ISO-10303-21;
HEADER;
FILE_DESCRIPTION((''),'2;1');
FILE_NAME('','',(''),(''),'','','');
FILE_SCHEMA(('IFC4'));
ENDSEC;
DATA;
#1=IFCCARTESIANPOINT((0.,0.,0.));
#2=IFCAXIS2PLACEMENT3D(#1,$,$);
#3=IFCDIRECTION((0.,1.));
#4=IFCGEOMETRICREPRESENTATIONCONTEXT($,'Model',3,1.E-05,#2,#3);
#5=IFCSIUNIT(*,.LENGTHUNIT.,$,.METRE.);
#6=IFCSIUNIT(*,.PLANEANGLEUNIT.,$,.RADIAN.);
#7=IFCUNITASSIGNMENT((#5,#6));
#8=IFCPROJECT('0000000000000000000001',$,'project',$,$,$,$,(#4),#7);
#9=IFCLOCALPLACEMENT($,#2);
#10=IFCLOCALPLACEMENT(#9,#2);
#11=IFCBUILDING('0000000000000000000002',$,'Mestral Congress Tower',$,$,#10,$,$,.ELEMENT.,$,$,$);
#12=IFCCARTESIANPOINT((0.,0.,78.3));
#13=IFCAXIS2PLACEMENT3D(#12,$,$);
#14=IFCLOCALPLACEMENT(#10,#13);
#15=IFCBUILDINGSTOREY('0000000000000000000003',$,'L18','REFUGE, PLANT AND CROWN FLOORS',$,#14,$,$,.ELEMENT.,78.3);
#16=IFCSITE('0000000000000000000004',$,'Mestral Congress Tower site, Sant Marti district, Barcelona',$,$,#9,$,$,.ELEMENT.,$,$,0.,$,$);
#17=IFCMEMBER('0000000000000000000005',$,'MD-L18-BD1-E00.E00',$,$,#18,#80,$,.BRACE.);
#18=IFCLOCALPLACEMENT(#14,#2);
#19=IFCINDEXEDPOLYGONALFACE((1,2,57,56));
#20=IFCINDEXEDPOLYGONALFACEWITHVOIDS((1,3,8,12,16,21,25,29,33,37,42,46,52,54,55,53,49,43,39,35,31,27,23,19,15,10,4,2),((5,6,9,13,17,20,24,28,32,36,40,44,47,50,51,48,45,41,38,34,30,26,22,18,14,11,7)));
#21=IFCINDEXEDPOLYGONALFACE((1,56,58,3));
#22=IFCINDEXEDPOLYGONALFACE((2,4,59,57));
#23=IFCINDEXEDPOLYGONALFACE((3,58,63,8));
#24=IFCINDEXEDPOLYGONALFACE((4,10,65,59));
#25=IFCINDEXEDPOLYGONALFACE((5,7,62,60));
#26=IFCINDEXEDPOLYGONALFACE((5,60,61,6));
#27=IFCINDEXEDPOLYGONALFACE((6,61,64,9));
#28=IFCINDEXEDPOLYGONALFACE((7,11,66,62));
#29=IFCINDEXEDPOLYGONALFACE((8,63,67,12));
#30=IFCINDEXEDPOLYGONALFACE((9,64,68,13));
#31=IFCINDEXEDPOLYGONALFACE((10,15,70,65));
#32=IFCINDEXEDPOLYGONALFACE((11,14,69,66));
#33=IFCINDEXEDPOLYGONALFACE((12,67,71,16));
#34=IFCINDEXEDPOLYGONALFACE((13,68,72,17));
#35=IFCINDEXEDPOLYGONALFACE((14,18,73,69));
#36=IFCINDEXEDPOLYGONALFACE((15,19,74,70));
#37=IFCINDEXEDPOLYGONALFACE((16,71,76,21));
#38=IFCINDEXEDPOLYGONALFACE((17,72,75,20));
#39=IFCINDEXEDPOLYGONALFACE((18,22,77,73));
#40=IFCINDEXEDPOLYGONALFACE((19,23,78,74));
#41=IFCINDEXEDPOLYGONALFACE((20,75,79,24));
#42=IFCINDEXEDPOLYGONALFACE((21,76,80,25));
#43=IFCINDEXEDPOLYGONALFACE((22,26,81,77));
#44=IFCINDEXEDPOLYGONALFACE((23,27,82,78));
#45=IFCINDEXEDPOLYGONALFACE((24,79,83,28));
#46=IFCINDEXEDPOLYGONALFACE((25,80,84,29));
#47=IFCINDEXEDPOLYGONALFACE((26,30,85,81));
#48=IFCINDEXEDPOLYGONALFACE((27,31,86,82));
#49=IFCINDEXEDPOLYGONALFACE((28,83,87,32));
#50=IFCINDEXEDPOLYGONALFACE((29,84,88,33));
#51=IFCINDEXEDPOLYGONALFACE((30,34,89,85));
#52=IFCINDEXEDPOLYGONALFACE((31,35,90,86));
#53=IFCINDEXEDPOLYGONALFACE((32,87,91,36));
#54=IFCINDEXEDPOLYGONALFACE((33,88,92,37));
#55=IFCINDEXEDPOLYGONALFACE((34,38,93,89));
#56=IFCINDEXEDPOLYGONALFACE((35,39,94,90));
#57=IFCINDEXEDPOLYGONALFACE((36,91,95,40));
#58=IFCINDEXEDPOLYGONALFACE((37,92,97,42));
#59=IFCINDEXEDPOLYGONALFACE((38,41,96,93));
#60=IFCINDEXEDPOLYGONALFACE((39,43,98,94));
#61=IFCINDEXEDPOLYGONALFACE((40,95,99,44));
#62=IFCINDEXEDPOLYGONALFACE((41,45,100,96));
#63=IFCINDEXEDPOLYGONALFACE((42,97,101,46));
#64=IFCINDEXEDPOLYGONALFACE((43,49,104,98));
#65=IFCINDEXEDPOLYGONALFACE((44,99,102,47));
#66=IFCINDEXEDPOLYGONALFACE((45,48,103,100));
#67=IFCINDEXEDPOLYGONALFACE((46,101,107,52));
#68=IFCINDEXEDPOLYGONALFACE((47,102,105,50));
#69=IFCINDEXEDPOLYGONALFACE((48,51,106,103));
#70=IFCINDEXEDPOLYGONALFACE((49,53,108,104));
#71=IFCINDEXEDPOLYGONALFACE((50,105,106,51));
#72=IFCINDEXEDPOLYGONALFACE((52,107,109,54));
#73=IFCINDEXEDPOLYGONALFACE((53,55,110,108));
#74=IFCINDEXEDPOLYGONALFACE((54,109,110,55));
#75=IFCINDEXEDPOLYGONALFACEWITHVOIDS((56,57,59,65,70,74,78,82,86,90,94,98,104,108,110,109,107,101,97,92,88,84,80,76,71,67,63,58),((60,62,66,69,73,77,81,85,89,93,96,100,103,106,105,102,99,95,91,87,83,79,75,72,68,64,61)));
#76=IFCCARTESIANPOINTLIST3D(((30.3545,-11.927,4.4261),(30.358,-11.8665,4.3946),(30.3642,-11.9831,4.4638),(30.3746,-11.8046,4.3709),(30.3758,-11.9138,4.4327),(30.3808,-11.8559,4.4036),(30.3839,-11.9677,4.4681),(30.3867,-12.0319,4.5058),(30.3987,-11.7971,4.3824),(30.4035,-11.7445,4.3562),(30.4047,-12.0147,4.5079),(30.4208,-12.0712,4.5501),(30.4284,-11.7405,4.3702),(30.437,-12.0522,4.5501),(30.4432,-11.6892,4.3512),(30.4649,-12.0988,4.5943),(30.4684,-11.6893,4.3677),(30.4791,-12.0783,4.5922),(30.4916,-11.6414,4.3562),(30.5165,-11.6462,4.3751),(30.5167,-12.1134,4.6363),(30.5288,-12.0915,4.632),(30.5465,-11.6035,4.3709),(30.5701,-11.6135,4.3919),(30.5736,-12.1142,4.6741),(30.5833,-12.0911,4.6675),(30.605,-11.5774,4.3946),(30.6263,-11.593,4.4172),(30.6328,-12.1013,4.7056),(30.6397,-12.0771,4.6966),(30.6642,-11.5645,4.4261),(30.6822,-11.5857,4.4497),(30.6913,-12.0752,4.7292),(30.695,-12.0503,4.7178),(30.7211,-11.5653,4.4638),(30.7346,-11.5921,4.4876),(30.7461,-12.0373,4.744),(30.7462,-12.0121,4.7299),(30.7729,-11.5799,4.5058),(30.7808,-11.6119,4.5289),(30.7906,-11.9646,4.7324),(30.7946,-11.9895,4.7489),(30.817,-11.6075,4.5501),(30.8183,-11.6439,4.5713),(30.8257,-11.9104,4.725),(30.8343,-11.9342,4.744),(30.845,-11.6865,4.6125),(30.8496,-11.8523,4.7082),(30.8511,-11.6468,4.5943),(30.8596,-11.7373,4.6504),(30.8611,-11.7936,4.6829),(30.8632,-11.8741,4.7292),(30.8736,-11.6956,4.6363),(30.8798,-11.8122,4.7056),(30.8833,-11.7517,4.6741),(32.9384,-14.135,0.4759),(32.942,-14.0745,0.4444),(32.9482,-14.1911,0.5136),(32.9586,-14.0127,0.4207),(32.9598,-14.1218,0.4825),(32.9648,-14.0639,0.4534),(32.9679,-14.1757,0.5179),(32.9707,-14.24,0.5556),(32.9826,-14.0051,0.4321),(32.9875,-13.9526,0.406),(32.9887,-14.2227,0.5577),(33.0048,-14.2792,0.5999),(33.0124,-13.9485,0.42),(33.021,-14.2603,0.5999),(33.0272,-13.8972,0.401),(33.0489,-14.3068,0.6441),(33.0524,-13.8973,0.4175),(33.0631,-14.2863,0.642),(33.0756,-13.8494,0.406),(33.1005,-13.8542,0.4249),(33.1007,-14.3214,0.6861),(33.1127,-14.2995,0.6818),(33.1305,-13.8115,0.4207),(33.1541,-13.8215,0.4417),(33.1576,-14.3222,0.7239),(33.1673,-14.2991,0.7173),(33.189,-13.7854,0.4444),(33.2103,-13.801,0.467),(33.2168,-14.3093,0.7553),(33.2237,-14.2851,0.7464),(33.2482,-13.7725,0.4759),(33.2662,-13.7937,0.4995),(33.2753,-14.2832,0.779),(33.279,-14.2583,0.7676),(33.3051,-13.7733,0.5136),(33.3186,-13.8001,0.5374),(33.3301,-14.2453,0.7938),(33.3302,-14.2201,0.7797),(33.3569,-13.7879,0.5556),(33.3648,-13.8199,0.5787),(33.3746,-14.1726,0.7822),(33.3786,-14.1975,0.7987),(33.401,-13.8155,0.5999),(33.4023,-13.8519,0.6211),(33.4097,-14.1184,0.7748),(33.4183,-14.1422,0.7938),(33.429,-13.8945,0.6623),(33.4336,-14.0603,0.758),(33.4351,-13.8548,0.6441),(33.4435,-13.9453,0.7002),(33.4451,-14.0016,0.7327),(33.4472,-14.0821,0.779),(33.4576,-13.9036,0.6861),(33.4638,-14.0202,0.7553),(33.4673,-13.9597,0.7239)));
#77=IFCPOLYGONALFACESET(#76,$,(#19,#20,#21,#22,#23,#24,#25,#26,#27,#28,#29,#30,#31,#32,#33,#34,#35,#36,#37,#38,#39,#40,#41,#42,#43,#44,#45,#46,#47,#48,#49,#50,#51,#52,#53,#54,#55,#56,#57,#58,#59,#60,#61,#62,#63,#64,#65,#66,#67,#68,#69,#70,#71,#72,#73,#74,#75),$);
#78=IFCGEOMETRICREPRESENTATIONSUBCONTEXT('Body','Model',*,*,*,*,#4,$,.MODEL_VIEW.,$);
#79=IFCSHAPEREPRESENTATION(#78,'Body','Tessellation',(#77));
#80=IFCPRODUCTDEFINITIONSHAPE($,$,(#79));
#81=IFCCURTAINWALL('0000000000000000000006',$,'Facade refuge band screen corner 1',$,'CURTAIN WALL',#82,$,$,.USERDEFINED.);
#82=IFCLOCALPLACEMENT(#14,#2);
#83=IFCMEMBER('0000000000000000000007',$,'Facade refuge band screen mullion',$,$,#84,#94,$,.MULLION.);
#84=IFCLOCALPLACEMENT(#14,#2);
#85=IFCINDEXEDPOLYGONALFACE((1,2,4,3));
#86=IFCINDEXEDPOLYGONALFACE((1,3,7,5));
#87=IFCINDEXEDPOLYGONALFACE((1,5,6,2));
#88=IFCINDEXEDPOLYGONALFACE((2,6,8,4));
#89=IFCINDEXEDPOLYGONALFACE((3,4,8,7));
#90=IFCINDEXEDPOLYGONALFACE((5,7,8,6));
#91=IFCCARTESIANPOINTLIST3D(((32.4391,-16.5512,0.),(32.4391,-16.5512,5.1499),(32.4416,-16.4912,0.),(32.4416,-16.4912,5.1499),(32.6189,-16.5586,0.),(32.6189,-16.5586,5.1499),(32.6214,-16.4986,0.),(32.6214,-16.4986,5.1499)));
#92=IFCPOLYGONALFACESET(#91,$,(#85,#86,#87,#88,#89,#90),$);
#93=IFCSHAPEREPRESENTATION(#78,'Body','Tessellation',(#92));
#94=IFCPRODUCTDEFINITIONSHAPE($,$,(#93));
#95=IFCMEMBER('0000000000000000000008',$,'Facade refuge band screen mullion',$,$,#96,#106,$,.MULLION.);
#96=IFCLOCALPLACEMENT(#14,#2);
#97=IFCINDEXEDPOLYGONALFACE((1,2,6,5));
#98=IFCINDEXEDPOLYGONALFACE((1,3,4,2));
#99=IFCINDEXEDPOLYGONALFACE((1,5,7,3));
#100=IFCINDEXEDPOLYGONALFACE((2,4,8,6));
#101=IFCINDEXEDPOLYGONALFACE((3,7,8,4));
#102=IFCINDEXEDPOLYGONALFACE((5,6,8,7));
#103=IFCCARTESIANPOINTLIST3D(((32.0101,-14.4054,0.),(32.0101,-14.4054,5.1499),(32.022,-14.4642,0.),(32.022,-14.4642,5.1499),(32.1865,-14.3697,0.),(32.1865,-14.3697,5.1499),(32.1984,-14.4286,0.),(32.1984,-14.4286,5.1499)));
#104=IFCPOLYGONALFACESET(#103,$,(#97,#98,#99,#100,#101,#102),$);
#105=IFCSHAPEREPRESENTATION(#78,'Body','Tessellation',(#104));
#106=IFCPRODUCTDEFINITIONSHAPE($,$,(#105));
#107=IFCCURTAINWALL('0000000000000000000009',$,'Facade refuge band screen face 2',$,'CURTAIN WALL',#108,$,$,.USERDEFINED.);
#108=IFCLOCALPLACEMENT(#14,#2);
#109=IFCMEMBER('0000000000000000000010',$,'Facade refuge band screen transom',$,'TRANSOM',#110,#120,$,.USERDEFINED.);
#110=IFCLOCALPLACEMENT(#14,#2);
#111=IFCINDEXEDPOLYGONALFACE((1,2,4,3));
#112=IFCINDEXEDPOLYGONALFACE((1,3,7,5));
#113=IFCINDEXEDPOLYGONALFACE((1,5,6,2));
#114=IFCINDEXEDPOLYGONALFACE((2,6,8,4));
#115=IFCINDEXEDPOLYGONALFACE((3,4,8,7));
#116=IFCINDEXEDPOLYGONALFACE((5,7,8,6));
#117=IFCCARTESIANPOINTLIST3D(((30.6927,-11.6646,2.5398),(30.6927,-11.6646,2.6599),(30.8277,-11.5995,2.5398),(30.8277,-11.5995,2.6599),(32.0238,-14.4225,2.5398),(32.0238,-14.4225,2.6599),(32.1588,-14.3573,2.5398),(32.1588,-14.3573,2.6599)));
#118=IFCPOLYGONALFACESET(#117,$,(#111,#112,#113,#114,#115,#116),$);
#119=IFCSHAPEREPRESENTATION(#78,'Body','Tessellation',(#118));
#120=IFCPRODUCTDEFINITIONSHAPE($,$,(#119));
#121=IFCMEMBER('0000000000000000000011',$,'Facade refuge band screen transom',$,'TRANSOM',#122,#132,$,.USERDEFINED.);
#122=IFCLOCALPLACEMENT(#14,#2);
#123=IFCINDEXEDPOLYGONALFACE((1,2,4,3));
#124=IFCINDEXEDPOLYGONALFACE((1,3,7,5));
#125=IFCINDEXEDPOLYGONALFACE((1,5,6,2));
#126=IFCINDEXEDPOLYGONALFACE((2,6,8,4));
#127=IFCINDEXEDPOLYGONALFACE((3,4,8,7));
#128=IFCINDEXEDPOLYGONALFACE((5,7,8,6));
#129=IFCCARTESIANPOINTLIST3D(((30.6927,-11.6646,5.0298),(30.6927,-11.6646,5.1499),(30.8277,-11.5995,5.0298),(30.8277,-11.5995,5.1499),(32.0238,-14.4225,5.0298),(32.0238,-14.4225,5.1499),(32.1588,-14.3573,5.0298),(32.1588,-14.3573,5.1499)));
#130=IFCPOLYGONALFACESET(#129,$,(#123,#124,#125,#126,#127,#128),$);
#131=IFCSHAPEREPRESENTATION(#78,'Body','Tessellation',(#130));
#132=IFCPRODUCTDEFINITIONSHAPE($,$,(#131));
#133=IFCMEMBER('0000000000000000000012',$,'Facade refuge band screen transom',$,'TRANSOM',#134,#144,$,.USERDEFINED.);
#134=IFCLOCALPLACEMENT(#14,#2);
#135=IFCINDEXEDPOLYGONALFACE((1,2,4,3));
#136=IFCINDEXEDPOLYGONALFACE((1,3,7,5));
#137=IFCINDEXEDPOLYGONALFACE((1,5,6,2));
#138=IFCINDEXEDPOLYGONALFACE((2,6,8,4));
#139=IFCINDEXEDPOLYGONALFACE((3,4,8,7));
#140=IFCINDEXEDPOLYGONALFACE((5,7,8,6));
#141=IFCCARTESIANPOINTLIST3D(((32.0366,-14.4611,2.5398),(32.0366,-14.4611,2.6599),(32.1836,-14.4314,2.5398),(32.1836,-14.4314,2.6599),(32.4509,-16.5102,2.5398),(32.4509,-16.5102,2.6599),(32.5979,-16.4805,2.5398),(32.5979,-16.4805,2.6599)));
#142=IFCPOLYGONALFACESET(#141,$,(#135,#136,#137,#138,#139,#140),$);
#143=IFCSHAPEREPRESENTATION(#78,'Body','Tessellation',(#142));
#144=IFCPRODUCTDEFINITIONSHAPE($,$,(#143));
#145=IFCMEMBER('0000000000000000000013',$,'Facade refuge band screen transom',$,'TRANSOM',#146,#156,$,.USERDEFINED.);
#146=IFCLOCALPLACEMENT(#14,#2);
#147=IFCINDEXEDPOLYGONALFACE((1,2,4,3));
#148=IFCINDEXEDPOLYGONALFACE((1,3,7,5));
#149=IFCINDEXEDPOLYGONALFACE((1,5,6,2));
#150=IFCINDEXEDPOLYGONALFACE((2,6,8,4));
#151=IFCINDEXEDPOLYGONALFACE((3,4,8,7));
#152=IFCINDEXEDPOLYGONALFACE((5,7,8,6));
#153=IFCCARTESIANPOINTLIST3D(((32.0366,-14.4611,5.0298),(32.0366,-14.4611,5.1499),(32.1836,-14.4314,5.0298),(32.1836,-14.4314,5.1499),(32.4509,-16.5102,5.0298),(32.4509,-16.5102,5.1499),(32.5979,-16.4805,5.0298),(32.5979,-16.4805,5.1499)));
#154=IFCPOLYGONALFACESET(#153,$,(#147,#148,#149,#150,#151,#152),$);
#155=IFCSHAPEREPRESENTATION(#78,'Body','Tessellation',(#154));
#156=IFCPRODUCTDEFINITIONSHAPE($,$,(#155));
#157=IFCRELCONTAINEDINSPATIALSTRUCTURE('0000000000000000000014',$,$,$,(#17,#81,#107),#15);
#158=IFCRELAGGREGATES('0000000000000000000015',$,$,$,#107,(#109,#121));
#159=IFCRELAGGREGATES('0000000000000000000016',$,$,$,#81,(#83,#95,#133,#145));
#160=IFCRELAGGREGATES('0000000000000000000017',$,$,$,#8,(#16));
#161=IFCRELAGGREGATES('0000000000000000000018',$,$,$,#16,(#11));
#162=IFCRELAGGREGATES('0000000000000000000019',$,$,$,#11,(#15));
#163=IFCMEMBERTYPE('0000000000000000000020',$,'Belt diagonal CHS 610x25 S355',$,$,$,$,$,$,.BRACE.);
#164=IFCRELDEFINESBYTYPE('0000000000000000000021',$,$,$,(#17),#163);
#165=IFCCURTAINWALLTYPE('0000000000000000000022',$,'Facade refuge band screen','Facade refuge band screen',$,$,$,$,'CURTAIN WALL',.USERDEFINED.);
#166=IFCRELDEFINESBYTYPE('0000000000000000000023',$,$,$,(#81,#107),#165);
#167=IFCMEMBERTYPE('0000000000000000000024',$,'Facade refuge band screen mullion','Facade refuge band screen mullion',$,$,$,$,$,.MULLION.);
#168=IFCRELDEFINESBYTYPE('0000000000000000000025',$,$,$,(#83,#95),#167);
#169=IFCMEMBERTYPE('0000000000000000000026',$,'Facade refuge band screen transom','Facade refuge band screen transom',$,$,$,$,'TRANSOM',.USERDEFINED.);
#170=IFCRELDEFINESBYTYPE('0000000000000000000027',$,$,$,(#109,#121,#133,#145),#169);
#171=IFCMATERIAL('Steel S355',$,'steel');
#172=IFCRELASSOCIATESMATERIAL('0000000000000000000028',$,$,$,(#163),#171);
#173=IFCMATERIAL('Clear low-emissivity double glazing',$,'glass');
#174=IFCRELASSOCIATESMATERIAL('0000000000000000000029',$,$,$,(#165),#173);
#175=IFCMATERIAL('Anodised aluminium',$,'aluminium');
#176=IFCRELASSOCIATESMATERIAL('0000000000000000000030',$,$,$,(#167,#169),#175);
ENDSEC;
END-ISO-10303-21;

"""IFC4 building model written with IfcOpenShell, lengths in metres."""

from ifc_helpers import new_model, si_unit, direction, frame, origin, origin_2d, place, context, subcontext, project, spatial, rectangle, hollow_circle, extrude, material, material_profile, profile_set, type_object, element, aggregate, save


model = new_model("IFC4")

# Units and contexts
model_context = context("Model", 3, precision=1e-05, world=origin(), true_north=direction((0.0, 1.0)))
body_context = subcontext(model_context, "Body", "Model", "MODEL_VIEW")
ifc_project = project(units=[si_unit("LENGTHUNIT", "METRE"), si_unit("PLANEANGLEUNIT", "RADIAN")], contexts=[model_context])

# Site, building, storey
site_placement = place(None, origin())
site = spatial("IfcSite", under=ifc_project, at=site_placement, Name="Mestral Congress Tower site, Sant Marti district, Barcelona", CompositionType="ELEMENT", RefElevation=0.0)
building_placement = place(site_placement, origin())
building = spatial("IfcBuilding", under=site, at=building_placement, Name="Mestral Congress Tower", CompositionType="ELEMENT")
storey_placement = place(building_placement, frame((0.0, 0.0, 78.3)))
storey = spatial("IfcBuildingStorey", under=building, at=storey_placement, Name="L18", Description="REFUGE, PLANT AND CROWN FLOORS", CompositionType="ELEMENT", Elevation=78.3)

# Member
ifc_material_1 = material(Name="Steel S355", Category="steel")
ifc_material_profile_1 = material_profile(ifc_material_1, hollow_circle(Radius=0.3049, WallThickness=0.0249, at=origin_2d()), Name="CHS 610x25")
ifc_profile_set_1 = profile_set([ifc_material_profile_1], Name="Steel S355")
member_type_1 = type_object("IfcMemberType", Name="Belt diagonal CHS 610x25 S355", PredefinedType="BRACE", material=ifc_profile_set_1)
member_1_placement = place(storey_placement, frame((33.2029, -14.0474, 0.5999), z_axis=(-0.495855, 0.423707, 0.758024), x_axis=(-0.649631, -0.76025, 0.0)))
element("IfcMember", 1, at=member_1_placement, inside=storey, type_object=member_type_1, Name="MD-L18-BD1-E00.E00", PredefinedType="BRACE", context=body_context, shape_type="SweptSolid", body=[
    extrude(hollow_circle(Radius=0.3049, WallThickness=0.0249, at=origin_2d()), origin(), (0.0, 0.0, 1.0), 5.2112),
])

# Curtain walls, members
ifc_material_2 = material(Name="Clear low-emissivity double glazing", Category="glass")
curtain_wall_type = type_object("IfcCurtainWallType", Name="Facade refuge band screen", Description="Facade refuge band screen", ElementType="CURTAIN WALL", PredefinedType="USERDEFINED", material=ifc_material_2)
placement = place(storey_placement, origin())
curtain_wall_1 = element("IfcCurtainWall", 2, at=placement, inside=storey, type_object=curtain_wall_type, Name="Facade refuge band screen corner 1", ObjectType="CURTAIN WALL", PredefinedType="USERDEFINED")
ifc_material_3 = material(Name="Anodised aluminium", Category="aluminium")
ifc_material_profile_2 = material_profile(ifc_material_3, rectangle(XDim=0.1799, YDim=0.0601, at=origin_2d()), Name="CW3 mullion 180 x 60")
ifc_profile_set_2 = profile_set([ifc_material_profile_2], Name="Anodised aluminium")
member_type_2 = type_object("IfcMemberType", Name="Facade refuge band screen mullion", Description="Facade refuge band screen mullion", PredefinedType="MULLION", material=ifc_profile_set_2)
member_2_placement = place(storey_placement, frame((32.5303, -16.5249, 0.0), z_axis=(0.0, 0.0, 1.0), x_axis=(0.999135, -0.041583, 0.0)))
member_2 = element("IfcMember", 3, at=member_2_placement, type_object=member_type_2, Name="Facade refuge band screen mullion", PredefinedType="MULLION", context=body_context, shape_type="SweptSolid", body=[
    extrude(rectangle(XDim=0.1799, YDim=0.0601, at=origin_2d()), origin(), (0.0, 0.0, 1.0), 5.1499),
])
member_3_placement = place(storey_placement, frame((32.1042, -14.417, 0.0), z_axis=(0.0, 0.0, 1.0), x_axis=(0.980184, 0.198088, 0.0)))
member_3 = element("IfcMember", 4, at=member_3_placement, type_object=member_type_2, Name="Facade refuge band screen mullion", PredefinedType="MULLION", context=body_context, shape_type="SweptSolid", body=[
    extrude(rectangle(XDim=0.1799, YDim=0.0601, at=origin_2d()), origin(), (0.0, 0.0, 1.0), 5.1499),
])
curtain_wall_2 = element("IfcCurtainWall", 5, at=placement, inside=storey, type_object=curtain_wall_type, Name="Facade refuge band screen face 2", ObjectType="CURTAIN WALL", PredefinedType="USERDEFINED")
ifc_material_profile_3 = material_profile(ifc_material_3, rectangle(XDim=0.1499, YDim=0.1201, at=origin_2d()), Name="CW3 transom 150 x 120")
ifc_profile_set_3 = profile_set([ifc_material_profile_3], Name="Anodised aluminium")
member_type_3 = type_object("IfcMemberType", Name="Facade refuge band screen transom", Description="Facade refuge band screen transom", ElementType="TRANSOM", PredefinedType="USERDEFINED", material=ifc_profile_set_3)
member_4_placement = place(storey_placement, frame((32.0913, -14.3899, 2.5999), z_axis=(-0.434669, 0.90059, 0.0), x_axis=(-0.90059, -0.434669, 0.0)))
member_4 = element("IfcMember", 6, at=member_4_placement, type_object=member_type_3, Name="Facade refuge band screen transom", ObjectType="TRANSOM", PredefinedType="USERDEFINED", context=body_context, shape_type="SweptSolid", body=[
    extrude(rectangle(XDim=0.1499, YDim=0.1201, at=origin_2d()), origin(), (0.0, 0.0, 1.0), 3.0623),
])
member_5_placement = place(storey_placement, frame((32.0913, -14.3899, 5.0898), z_axis=(-0.434669, 0.90059, 0.0), x_axis=(-0.90059, -0.434669, 0.0)))
member_5 = element("IfcMember", 7, at=member_5_placement, type_object=member_type_3, Name="Facade refuge band screen transom", ObjectType="TRANSOM", PredefinedType="USERDEFINED", context=body_context, shape_type="SweptSolid", body=[
    extrude(rectangle(XDim=0.1499, YDim=0.1201, at=origin_2d()), origin(), (0.0, 0.0, 1.0), 3.0623),
])

# Members
member_6_placement = place(storey_placement, frame((32.5244, -16.4954, 2.5999), z_axis=(-0.198182, 0.980165, 0.0), x_axis=(-0.980165, -0.198182, 0.0)))
member_6 = element("IfcMember", 8, at=member_6_placement, type_object=member_type_3, Name="Facade refuge band screen transom", ObjectType="TRANSOM", PredefinedType="USERDEFINED", context=body_context, shape_type="SweptSolid", body=[
    extrude(rectangle(XDim=0.1499, YDim=0.1201, at=origin_2d()), origin(), (0.0, 0.0, 1.0), 2.0906),
])
member_7_placement = place(storey_placement, frame((32.5244, -16.4954, 5.0898), z_axis=(-0.198182, 0.980165, 0.0), x_axis=(-0.980165, -0.198182, 0.0)))
member_7 = element("IfcMember", 9, at=member_7_placement, type_object=member_type_3, Name="Facade refuge band screen transom", ObjectType="TRANSOM", PredefinedType="USERDEFINED", context=body_context, shape_type="SweptSolid", body=[
    extrude(rectangle(XDim=0.1499, YDim=0.1201, at=origin_2d()), origin(), (0.0, 0.0, 1.0), 2.0906),
])

aggregate(curtain_wall_2, [member_4, member_5])
aggregate(curtain_wall_1, [member_2, member_3, member_6, member_7])

save(model, "model.ifc")
